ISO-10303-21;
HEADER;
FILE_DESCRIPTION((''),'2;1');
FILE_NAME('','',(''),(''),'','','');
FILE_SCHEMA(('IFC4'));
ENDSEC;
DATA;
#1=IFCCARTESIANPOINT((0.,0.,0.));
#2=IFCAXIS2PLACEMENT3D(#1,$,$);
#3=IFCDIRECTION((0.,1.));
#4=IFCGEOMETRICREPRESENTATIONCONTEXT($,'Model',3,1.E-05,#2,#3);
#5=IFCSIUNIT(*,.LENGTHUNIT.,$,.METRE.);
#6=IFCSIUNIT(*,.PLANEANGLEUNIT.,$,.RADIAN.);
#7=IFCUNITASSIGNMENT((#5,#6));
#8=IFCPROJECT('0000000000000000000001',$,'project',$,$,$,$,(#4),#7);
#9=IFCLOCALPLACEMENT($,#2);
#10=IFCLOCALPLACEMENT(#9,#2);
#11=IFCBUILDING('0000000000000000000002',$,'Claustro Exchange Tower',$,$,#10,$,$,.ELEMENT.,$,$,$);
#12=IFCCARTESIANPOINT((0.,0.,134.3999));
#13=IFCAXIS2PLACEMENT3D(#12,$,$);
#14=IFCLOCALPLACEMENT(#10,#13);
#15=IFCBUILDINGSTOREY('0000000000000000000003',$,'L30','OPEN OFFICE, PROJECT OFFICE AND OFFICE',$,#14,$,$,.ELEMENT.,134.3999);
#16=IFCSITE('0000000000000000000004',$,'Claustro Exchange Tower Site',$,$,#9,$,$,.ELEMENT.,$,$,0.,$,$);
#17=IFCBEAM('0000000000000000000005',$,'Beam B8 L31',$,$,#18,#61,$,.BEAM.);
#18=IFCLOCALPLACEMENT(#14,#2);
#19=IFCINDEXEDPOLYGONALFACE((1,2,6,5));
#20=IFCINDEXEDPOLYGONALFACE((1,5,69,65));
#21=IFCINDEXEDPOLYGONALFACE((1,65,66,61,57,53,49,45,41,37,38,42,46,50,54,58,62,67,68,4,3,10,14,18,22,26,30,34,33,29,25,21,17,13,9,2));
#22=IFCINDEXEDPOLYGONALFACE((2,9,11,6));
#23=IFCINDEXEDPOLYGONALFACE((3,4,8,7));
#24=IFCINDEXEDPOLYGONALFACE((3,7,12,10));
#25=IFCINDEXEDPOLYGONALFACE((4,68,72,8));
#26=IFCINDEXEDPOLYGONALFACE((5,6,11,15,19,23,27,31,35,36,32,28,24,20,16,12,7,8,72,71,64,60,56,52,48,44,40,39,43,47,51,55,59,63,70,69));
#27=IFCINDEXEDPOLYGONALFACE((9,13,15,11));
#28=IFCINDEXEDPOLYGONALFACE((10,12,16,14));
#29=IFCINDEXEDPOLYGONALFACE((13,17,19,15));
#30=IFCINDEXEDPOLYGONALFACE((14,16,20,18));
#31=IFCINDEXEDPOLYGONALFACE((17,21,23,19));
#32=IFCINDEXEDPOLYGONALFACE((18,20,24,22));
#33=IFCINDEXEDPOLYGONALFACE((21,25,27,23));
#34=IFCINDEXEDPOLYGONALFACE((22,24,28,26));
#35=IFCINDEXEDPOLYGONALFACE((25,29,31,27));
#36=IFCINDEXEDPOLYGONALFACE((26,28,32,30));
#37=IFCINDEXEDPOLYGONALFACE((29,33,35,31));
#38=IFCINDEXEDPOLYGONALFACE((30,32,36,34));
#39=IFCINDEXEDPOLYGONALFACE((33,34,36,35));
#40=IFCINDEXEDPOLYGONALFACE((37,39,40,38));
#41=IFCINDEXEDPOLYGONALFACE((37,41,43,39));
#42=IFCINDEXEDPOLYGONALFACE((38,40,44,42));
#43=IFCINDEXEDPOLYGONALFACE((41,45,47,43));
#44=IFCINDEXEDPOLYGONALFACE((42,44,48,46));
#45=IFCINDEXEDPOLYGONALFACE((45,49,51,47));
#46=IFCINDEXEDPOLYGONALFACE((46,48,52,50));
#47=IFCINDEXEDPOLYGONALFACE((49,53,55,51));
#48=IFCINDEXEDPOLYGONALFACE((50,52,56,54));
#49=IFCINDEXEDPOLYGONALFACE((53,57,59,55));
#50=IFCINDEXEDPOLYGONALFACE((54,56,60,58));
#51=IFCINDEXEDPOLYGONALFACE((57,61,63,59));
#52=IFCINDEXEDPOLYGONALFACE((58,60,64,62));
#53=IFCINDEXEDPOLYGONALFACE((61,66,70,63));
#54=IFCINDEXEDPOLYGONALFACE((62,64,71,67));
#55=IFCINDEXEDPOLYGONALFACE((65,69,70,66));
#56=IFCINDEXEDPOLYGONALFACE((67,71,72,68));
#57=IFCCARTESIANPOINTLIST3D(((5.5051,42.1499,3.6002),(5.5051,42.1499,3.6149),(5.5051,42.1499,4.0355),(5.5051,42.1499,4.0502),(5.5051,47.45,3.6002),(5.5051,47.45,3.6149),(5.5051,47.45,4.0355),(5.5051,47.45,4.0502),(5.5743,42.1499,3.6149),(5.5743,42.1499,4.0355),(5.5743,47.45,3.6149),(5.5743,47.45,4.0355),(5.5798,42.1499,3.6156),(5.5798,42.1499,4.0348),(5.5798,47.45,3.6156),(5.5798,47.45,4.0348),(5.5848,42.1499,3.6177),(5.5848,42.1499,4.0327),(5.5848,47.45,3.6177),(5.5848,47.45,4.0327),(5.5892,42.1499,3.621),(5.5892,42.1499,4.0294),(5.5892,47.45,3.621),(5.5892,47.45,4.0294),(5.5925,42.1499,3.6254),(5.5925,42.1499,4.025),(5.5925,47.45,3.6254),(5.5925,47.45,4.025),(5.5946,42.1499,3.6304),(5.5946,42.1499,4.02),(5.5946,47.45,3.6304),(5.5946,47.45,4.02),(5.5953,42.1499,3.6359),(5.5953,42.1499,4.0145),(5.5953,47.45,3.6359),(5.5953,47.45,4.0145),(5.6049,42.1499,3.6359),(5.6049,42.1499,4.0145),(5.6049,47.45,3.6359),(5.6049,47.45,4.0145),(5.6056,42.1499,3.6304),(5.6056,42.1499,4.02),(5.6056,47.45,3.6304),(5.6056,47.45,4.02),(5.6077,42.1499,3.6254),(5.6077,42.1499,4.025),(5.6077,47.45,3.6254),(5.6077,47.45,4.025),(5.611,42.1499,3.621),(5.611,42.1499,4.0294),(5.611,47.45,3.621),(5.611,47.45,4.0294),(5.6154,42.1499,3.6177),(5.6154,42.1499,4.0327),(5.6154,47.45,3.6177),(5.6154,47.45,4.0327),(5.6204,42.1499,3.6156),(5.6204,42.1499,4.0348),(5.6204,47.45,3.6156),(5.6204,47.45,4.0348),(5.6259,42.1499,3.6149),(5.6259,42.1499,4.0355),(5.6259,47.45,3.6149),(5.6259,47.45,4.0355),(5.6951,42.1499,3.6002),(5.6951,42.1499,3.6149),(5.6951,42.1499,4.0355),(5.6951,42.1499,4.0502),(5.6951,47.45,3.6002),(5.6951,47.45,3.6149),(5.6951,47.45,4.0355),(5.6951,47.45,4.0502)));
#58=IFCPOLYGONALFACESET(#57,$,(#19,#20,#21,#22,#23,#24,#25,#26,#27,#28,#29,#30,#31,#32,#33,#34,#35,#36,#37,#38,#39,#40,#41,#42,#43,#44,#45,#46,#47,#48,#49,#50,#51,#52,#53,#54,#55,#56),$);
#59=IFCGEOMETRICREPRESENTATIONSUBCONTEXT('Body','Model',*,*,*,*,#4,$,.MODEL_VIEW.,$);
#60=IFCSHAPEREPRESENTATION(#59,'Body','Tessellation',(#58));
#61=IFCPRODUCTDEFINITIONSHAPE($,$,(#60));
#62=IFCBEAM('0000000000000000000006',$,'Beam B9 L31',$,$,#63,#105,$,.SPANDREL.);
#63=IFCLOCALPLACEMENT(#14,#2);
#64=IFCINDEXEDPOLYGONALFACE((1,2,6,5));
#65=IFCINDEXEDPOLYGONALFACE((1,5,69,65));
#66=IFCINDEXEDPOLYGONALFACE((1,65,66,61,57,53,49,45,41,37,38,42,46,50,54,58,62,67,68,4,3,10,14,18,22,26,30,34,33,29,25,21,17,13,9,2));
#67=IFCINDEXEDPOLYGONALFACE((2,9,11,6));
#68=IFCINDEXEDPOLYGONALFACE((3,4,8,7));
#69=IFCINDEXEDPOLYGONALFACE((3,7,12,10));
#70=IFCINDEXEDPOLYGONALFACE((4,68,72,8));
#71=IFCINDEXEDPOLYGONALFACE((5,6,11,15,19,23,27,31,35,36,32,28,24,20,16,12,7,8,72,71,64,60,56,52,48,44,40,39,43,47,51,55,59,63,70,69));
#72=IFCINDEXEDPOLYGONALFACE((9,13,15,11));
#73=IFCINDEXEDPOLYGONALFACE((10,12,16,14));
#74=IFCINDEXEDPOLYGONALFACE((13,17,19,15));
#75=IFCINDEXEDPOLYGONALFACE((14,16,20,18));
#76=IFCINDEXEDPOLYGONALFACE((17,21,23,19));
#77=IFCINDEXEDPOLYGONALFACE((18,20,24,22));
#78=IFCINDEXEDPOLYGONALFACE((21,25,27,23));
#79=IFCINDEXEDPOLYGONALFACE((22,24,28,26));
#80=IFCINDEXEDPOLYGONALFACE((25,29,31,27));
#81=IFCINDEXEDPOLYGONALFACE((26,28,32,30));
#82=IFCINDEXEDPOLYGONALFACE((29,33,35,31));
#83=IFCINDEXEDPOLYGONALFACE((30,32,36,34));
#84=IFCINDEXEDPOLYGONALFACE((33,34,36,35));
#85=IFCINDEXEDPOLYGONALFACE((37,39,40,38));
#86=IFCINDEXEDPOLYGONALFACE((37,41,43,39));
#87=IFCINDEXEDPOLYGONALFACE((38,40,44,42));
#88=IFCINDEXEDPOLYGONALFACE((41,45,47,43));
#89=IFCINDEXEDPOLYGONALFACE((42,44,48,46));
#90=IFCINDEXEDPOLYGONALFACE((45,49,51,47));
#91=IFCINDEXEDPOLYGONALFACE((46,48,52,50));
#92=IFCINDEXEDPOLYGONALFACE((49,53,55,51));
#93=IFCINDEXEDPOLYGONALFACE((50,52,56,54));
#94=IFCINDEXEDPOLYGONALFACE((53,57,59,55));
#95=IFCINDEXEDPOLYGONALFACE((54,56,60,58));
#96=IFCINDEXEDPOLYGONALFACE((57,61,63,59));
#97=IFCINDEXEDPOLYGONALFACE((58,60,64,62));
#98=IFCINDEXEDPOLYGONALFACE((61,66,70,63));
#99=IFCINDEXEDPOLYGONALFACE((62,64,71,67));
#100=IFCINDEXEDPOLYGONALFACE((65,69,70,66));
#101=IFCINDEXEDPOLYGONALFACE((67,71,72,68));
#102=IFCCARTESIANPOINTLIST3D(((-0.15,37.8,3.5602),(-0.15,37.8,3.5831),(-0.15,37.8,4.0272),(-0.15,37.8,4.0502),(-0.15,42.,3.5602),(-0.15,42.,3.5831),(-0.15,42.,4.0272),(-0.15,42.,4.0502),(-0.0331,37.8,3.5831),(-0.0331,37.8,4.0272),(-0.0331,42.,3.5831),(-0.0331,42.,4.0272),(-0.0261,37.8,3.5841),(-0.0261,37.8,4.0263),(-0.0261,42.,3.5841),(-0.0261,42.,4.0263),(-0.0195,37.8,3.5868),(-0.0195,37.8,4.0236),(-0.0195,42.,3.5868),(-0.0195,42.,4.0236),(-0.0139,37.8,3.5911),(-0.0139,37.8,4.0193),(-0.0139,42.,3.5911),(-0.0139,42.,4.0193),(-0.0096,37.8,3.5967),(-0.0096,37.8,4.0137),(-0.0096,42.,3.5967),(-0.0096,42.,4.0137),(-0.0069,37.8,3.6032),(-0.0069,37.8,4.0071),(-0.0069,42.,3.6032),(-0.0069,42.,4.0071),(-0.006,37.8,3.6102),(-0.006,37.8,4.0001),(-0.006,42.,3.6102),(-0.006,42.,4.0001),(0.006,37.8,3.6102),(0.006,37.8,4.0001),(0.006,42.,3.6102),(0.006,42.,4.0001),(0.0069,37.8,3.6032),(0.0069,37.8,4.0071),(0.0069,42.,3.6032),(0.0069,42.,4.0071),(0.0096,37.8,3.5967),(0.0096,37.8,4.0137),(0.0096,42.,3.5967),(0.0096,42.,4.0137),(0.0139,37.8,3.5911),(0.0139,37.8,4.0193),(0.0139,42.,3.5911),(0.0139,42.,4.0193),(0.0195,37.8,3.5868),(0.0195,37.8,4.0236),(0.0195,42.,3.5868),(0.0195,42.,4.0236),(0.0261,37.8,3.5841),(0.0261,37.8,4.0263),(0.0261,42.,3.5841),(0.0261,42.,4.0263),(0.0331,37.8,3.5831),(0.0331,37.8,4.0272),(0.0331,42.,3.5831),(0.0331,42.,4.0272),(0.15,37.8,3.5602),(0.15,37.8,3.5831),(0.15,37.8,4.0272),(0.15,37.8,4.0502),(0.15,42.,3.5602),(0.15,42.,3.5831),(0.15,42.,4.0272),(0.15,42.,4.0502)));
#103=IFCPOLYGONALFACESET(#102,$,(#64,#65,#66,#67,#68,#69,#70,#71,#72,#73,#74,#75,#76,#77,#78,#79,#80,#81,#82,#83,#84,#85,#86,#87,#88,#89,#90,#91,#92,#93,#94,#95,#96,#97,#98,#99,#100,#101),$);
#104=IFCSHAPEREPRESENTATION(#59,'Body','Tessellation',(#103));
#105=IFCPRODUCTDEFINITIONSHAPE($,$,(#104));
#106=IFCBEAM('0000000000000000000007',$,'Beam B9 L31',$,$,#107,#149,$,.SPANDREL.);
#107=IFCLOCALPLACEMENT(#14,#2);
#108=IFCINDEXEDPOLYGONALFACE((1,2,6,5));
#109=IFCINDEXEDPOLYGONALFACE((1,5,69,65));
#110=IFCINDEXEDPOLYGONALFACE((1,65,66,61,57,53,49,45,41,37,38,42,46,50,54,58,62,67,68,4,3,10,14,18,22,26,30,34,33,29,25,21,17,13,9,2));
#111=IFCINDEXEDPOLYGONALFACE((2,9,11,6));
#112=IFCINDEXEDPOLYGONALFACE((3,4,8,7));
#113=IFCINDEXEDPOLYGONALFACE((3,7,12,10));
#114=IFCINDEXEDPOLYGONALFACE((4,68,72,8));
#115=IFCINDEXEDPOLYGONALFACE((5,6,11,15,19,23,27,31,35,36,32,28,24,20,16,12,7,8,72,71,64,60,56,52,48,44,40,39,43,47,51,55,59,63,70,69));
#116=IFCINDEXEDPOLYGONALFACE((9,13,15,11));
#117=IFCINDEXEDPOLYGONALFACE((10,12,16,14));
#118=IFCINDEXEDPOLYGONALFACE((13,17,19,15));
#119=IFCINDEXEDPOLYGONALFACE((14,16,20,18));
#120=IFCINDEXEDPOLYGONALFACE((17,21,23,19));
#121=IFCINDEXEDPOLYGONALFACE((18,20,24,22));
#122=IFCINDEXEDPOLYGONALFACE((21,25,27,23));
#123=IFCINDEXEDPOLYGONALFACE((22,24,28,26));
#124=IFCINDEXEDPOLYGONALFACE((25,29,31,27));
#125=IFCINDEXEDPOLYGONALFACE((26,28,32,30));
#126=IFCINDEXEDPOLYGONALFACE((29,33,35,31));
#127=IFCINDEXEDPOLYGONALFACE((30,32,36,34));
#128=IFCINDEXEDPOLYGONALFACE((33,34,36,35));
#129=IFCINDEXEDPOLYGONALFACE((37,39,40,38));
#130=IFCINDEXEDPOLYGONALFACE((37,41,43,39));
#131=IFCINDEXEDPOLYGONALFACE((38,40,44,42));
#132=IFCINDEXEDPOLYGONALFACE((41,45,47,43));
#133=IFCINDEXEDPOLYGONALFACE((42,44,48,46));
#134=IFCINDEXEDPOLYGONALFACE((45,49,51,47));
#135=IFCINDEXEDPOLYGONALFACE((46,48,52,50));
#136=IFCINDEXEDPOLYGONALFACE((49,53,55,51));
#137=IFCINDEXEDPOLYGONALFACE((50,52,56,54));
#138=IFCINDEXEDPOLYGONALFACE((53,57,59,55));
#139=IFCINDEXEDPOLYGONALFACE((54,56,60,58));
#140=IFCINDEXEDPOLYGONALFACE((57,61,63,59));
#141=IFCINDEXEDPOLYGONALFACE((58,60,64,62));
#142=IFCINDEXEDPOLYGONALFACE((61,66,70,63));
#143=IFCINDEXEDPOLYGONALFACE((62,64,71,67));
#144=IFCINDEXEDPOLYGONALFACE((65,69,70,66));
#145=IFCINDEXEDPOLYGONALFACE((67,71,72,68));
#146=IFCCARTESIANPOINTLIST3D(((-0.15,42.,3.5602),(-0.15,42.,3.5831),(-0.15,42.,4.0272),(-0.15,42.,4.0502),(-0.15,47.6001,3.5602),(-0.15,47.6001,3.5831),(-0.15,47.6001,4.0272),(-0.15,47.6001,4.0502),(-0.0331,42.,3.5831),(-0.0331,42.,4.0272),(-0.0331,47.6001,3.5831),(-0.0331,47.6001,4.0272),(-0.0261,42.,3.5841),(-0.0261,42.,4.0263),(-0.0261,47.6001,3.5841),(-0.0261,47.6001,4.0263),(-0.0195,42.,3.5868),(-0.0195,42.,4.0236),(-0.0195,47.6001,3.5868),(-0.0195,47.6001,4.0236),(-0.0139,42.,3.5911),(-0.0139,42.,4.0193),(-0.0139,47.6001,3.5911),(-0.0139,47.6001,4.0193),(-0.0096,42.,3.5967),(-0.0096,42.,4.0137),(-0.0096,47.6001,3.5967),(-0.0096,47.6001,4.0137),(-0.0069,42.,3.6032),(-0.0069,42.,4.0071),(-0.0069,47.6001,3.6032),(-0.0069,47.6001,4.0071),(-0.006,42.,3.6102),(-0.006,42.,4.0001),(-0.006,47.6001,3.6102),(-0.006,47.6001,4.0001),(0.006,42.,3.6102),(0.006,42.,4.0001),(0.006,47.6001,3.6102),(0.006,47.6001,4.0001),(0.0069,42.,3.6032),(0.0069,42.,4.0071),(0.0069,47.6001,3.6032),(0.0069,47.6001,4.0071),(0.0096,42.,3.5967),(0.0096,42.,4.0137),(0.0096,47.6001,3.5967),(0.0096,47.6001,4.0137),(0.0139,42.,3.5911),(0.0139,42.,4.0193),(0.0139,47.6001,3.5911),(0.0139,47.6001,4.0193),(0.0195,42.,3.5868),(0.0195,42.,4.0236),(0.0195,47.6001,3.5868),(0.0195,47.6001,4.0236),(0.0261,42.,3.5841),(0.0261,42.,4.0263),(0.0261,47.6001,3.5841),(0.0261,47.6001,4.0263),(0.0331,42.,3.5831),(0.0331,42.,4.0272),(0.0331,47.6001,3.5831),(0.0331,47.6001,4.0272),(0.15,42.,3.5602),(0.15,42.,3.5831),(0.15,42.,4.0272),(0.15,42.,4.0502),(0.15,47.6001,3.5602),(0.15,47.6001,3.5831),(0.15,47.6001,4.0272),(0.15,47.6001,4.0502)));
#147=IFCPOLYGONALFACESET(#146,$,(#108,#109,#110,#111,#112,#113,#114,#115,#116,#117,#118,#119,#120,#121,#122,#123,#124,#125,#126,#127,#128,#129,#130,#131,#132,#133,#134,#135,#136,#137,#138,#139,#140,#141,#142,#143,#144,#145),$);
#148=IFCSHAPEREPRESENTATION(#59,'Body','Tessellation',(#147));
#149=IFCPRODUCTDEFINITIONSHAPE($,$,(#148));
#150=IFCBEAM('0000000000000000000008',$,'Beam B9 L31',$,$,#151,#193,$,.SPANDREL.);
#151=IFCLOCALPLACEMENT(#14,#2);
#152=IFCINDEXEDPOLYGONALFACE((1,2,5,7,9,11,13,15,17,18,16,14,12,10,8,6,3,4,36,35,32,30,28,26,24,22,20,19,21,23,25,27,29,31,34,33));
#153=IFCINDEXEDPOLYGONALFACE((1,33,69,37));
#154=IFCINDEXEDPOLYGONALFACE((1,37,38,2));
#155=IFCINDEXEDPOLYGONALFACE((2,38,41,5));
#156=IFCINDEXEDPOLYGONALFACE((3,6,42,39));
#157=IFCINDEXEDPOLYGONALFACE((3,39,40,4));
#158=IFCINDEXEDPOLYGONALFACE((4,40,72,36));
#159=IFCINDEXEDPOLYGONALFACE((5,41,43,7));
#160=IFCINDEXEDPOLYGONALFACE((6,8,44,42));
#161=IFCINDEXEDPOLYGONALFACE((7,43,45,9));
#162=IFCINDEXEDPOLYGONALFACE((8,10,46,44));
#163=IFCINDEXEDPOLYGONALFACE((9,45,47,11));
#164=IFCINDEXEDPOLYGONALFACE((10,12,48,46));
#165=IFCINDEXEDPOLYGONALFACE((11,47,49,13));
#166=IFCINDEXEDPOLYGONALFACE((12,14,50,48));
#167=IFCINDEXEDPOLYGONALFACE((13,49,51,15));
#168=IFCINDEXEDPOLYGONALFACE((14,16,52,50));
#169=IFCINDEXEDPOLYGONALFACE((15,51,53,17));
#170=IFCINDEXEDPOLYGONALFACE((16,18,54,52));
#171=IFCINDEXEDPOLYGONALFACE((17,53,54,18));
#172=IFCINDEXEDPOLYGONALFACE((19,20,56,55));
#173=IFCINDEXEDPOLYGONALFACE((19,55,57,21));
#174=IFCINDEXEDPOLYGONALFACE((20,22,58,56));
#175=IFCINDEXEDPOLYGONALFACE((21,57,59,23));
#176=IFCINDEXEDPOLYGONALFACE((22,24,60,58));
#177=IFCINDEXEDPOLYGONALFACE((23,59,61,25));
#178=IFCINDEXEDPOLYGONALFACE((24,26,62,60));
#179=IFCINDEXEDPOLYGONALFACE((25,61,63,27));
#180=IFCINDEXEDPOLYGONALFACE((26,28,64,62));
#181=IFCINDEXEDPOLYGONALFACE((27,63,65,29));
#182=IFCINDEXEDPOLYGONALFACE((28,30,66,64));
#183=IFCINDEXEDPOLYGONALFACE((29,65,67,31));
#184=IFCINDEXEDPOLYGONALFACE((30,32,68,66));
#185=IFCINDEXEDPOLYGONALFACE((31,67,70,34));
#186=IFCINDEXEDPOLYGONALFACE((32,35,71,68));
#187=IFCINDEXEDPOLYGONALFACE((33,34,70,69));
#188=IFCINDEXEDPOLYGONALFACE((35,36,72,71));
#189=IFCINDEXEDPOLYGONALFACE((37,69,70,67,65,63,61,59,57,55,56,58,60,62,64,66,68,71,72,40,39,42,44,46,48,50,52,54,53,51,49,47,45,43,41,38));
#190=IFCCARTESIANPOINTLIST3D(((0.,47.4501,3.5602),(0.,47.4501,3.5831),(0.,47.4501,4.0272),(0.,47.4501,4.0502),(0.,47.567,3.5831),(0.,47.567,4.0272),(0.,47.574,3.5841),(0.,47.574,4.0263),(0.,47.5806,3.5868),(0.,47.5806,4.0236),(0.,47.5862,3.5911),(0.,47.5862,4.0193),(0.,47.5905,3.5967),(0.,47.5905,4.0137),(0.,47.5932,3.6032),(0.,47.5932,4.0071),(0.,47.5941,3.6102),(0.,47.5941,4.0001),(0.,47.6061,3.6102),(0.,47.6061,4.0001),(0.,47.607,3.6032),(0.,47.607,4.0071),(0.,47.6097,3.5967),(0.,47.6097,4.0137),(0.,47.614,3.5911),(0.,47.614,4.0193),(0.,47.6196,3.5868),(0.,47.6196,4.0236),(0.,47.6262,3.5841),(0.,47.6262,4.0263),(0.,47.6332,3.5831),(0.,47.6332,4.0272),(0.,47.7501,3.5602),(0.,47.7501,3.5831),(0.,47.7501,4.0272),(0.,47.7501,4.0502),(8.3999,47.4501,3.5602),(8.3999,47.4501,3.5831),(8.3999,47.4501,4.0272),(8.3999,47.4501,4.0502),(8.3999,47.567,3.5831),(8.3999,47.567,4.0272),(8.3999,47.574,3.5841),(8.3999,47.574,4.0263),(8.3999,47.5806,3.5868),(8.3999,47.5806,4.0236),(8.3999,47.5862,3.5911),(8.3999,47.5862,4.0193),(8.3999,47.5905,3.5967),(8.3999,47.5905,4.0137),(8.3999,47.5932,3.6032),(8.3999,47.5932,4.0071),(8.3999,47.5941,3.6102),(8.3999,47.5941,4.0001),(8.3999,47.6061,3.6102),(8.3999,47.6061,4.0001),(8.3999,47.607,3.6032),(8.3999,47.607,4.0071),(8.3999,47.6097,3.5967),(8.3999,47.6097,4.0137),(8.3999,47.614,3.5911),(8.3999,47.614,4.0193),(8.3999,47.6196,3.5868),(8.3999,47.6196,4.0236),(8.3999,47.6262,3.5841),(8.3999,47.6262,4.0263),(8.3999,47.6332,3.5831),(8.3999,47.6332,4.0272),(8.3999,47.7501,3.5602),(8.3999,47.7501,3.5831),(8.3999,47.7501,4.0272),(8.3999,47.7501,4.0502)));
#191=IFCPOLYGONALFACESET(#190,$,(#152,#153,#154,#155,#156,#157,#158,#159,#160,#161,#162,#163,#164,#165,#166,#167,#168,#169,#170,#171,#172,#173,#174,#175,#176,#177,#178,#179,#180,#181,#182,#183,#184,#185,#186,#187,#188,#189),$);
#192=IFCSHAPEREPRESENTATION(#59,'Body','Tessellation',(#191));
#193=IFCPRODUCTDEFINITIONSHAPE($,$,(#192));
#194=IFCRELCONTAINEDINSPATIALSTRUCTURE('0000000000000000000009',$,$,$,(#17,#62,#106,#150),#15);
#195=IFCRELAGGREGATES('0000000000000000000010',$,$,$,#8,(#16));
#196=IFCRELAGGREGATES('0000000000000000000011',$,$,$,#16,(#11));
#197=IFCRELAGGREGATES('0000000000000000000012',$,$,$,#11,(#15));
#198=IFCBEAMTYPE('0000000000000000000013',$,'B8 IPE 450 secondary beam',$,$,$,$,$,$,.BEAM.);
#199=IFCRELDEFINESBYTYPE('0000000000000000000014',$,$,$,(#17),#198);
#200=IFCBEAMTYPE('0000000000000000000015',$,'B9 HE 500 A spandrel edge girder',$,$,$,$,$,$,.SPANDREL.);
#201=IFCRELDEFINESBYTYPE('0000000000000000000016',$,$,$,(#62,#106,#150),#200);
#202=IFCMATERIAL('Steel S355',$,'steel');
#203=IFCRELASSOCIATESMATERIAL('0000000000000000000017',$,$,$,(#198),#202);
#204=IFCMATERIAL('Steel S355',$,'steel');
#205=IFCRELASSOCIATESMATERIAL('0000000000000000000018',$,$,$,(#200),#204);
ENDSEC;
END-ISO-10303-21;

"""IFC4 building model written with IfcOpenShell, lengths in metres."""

from ifc_helpers import new_model, si_unit, direction, frame, origin, origin_2d, place, context, subcontext, project, spatial, i_section, extrude, material, material_profile, profile_set, type_object, element, save


model = new_model("IFC4")

# Units and contexts
model_context = context("Model", 3, precision=1e-05, world=origin(), true_north=direction((0.0, 1.0)))
body_context = subcontext(model_context, "Body", "Model", "MODEL_VIEW")
ifc_project = project(units=[si_unit("LENGTHUNIT", "METRE"), si_unit("PLANEANGLEUNIT", "RADIAN")], contexts=[model_context])

# Site, building, storey
site_placement = place(None, origin())
site = spatial("IfcSite", under=ifc_project, at=site_placement, Name="Claustro Exchange Tower Site", CompositionType="ELEMENT", RefElevation=0.0)
building_placement = place(site_placement, origin())
building = spatial("IfcBuilding", under=site, at=building_placement, Name="Claustro Exchange Tower", CompositionType="ELEMENT")
storey_placement = place(building_placement, frame((0.0, 0.0, 134.3999)))
storey = spatial("IfcBuildingStorey", under=building, at=storey_placement, Name="L30", Description="OPEN OFFICE, PROJECT OFFICE AND OFFICE", CompositionType="ELEMENT", Elevation=134.3999)

# Beams
ifc_material_1 = material(Name="Steel S355", Category="steel")
ifc_material_profile_1 = material_profile(ifc_material_1, i_section(OverallWidth=0.1899, OverallDepth=0.45, WebThickness=0.0095, FlangeThickness=0.0146, FilletRadius=0.021, at=origin_2d()), Name="IPE 450")
ifc_profile_set_1 = profile_set([ifc_material_profile_1], Name="Steel S355")
beam_type_1 = type_object("IfcBeamType", Name="B8 IPE 450 secondary beam", PredefinedType="BEAM", material=ifc_profile_set_1)
for number, where, z_axis, x_axis, name in (
    (1, (5.6001, 42.1499, 3.8252), (0.0, 1.0, 0.0), (-1.0, 0.0, 0.0), "Beam B8 L31"),
):
    element("IfcBeam", number, at=place(storey_placement, frame(where, z_axis=z_axis, x_axis=x_axis)), inside=storey, type_object=beam_type_1, Name=name, PredefinedType="BEAM", context=body_context, shape_type="SweptSolid", body=[
        extrude(i_section(OverallWidth=0.1899, OverallDepth=0.45, WebThickness=0.0095, FlangeThickness=0.0146, FilletRadius=0.021, at=origin_2d()), origin(), (0.0, 0.0, 1.0), 5.3),
    ])
ifc_material_2 = material(Name="Steel S355", Category="steel")
ifc_material_profile_2 = material_profile(ifc_material_2, i_section(OverallWidth=0.3, OverallDepth=0.49, WebThickness=0.012, FlangeThickness=0.0229, FilletRadius=0.0271, at=origin_2d()), Name="HE 500 A")
ifc_profile_set_2 = profile_set([ifc_material_profile_2], Name="Steel S355")
beam_type_2 = type_object("IfcBeamType", Name="B9 HE 500 A spandrel edge girder", PredefinedType="SPANDREL", material=ifc_profile_set_2)
beam_1_placement = place(storey_placement, frame((0.0, 37.8, 3.8052), z_axis=(0.0, 1.0, 0.0), x_axis=(-1.0, 0.0, 0.0)))
element("IfcBeam", 2, at=beam_1_placement, inside=storey, type_object=beam_type_2, Name="Beam B9 L31", PredefinedType="SPANDREL", context=body_context, shape_type="SweptSolid", body=[
    extrude(i_section(OverallWidth=0.3, OverallDepth=0.49, WebThickness=0.012, FlangeThickness=0.0229, FilletRadius=0.0271, at=origin_2d()), origin(), (0.0, 0.0, 1.0), 4.2),
])
beam_2_placement = place(storey_placement, frame((0.0, 42.0, 3.8052), z_axis=(0.0, 1.0, 0.0), x_axis=(-1.0, 0.0, 0.0)))
element("IfcBeam", 3, at=beam_2_placement, inside=storey, type_object=beam_type_2, Name="Beam B9 L31", PredefinedType="SPANDREL", context=body_context, shape_type="SweptSolid", body=[
    extrude(i_section(OverallWidth=0.3, OverallDepth=0.49, WebThickness=0.012, FlangeThickness=0.0229, FilletRadius=0.0271, at=origin_2d()), origin(), (0.0, 0.0, 1.0), 5.6001),
])
beam_3_placement = place(storey_placement, frame((0.0, 47.6001, 3.8052), z_axis=(1.0, 0.0, 0.0), x_axis=(0.0, 1.0, 0.0)))
element("IfcBeam", 4, at=beam_3_placement, inside=storey, type_object=beam_type_2, Name="Beam B9 L31", PredefinedType="SPANDREL", context=body_context, shape_type="SweptSolid", body=[
    extrude(i_section(OverallWidth=0.3, OverallDepth=0.49, WebThickness=0.012, FlangeThickness=0.0229, FilletRadius=0.0271, at=origin_2d()), origin(), (0.0, 0.0, 1.0), 8.3999),
])

save(model, "model.ifc")
